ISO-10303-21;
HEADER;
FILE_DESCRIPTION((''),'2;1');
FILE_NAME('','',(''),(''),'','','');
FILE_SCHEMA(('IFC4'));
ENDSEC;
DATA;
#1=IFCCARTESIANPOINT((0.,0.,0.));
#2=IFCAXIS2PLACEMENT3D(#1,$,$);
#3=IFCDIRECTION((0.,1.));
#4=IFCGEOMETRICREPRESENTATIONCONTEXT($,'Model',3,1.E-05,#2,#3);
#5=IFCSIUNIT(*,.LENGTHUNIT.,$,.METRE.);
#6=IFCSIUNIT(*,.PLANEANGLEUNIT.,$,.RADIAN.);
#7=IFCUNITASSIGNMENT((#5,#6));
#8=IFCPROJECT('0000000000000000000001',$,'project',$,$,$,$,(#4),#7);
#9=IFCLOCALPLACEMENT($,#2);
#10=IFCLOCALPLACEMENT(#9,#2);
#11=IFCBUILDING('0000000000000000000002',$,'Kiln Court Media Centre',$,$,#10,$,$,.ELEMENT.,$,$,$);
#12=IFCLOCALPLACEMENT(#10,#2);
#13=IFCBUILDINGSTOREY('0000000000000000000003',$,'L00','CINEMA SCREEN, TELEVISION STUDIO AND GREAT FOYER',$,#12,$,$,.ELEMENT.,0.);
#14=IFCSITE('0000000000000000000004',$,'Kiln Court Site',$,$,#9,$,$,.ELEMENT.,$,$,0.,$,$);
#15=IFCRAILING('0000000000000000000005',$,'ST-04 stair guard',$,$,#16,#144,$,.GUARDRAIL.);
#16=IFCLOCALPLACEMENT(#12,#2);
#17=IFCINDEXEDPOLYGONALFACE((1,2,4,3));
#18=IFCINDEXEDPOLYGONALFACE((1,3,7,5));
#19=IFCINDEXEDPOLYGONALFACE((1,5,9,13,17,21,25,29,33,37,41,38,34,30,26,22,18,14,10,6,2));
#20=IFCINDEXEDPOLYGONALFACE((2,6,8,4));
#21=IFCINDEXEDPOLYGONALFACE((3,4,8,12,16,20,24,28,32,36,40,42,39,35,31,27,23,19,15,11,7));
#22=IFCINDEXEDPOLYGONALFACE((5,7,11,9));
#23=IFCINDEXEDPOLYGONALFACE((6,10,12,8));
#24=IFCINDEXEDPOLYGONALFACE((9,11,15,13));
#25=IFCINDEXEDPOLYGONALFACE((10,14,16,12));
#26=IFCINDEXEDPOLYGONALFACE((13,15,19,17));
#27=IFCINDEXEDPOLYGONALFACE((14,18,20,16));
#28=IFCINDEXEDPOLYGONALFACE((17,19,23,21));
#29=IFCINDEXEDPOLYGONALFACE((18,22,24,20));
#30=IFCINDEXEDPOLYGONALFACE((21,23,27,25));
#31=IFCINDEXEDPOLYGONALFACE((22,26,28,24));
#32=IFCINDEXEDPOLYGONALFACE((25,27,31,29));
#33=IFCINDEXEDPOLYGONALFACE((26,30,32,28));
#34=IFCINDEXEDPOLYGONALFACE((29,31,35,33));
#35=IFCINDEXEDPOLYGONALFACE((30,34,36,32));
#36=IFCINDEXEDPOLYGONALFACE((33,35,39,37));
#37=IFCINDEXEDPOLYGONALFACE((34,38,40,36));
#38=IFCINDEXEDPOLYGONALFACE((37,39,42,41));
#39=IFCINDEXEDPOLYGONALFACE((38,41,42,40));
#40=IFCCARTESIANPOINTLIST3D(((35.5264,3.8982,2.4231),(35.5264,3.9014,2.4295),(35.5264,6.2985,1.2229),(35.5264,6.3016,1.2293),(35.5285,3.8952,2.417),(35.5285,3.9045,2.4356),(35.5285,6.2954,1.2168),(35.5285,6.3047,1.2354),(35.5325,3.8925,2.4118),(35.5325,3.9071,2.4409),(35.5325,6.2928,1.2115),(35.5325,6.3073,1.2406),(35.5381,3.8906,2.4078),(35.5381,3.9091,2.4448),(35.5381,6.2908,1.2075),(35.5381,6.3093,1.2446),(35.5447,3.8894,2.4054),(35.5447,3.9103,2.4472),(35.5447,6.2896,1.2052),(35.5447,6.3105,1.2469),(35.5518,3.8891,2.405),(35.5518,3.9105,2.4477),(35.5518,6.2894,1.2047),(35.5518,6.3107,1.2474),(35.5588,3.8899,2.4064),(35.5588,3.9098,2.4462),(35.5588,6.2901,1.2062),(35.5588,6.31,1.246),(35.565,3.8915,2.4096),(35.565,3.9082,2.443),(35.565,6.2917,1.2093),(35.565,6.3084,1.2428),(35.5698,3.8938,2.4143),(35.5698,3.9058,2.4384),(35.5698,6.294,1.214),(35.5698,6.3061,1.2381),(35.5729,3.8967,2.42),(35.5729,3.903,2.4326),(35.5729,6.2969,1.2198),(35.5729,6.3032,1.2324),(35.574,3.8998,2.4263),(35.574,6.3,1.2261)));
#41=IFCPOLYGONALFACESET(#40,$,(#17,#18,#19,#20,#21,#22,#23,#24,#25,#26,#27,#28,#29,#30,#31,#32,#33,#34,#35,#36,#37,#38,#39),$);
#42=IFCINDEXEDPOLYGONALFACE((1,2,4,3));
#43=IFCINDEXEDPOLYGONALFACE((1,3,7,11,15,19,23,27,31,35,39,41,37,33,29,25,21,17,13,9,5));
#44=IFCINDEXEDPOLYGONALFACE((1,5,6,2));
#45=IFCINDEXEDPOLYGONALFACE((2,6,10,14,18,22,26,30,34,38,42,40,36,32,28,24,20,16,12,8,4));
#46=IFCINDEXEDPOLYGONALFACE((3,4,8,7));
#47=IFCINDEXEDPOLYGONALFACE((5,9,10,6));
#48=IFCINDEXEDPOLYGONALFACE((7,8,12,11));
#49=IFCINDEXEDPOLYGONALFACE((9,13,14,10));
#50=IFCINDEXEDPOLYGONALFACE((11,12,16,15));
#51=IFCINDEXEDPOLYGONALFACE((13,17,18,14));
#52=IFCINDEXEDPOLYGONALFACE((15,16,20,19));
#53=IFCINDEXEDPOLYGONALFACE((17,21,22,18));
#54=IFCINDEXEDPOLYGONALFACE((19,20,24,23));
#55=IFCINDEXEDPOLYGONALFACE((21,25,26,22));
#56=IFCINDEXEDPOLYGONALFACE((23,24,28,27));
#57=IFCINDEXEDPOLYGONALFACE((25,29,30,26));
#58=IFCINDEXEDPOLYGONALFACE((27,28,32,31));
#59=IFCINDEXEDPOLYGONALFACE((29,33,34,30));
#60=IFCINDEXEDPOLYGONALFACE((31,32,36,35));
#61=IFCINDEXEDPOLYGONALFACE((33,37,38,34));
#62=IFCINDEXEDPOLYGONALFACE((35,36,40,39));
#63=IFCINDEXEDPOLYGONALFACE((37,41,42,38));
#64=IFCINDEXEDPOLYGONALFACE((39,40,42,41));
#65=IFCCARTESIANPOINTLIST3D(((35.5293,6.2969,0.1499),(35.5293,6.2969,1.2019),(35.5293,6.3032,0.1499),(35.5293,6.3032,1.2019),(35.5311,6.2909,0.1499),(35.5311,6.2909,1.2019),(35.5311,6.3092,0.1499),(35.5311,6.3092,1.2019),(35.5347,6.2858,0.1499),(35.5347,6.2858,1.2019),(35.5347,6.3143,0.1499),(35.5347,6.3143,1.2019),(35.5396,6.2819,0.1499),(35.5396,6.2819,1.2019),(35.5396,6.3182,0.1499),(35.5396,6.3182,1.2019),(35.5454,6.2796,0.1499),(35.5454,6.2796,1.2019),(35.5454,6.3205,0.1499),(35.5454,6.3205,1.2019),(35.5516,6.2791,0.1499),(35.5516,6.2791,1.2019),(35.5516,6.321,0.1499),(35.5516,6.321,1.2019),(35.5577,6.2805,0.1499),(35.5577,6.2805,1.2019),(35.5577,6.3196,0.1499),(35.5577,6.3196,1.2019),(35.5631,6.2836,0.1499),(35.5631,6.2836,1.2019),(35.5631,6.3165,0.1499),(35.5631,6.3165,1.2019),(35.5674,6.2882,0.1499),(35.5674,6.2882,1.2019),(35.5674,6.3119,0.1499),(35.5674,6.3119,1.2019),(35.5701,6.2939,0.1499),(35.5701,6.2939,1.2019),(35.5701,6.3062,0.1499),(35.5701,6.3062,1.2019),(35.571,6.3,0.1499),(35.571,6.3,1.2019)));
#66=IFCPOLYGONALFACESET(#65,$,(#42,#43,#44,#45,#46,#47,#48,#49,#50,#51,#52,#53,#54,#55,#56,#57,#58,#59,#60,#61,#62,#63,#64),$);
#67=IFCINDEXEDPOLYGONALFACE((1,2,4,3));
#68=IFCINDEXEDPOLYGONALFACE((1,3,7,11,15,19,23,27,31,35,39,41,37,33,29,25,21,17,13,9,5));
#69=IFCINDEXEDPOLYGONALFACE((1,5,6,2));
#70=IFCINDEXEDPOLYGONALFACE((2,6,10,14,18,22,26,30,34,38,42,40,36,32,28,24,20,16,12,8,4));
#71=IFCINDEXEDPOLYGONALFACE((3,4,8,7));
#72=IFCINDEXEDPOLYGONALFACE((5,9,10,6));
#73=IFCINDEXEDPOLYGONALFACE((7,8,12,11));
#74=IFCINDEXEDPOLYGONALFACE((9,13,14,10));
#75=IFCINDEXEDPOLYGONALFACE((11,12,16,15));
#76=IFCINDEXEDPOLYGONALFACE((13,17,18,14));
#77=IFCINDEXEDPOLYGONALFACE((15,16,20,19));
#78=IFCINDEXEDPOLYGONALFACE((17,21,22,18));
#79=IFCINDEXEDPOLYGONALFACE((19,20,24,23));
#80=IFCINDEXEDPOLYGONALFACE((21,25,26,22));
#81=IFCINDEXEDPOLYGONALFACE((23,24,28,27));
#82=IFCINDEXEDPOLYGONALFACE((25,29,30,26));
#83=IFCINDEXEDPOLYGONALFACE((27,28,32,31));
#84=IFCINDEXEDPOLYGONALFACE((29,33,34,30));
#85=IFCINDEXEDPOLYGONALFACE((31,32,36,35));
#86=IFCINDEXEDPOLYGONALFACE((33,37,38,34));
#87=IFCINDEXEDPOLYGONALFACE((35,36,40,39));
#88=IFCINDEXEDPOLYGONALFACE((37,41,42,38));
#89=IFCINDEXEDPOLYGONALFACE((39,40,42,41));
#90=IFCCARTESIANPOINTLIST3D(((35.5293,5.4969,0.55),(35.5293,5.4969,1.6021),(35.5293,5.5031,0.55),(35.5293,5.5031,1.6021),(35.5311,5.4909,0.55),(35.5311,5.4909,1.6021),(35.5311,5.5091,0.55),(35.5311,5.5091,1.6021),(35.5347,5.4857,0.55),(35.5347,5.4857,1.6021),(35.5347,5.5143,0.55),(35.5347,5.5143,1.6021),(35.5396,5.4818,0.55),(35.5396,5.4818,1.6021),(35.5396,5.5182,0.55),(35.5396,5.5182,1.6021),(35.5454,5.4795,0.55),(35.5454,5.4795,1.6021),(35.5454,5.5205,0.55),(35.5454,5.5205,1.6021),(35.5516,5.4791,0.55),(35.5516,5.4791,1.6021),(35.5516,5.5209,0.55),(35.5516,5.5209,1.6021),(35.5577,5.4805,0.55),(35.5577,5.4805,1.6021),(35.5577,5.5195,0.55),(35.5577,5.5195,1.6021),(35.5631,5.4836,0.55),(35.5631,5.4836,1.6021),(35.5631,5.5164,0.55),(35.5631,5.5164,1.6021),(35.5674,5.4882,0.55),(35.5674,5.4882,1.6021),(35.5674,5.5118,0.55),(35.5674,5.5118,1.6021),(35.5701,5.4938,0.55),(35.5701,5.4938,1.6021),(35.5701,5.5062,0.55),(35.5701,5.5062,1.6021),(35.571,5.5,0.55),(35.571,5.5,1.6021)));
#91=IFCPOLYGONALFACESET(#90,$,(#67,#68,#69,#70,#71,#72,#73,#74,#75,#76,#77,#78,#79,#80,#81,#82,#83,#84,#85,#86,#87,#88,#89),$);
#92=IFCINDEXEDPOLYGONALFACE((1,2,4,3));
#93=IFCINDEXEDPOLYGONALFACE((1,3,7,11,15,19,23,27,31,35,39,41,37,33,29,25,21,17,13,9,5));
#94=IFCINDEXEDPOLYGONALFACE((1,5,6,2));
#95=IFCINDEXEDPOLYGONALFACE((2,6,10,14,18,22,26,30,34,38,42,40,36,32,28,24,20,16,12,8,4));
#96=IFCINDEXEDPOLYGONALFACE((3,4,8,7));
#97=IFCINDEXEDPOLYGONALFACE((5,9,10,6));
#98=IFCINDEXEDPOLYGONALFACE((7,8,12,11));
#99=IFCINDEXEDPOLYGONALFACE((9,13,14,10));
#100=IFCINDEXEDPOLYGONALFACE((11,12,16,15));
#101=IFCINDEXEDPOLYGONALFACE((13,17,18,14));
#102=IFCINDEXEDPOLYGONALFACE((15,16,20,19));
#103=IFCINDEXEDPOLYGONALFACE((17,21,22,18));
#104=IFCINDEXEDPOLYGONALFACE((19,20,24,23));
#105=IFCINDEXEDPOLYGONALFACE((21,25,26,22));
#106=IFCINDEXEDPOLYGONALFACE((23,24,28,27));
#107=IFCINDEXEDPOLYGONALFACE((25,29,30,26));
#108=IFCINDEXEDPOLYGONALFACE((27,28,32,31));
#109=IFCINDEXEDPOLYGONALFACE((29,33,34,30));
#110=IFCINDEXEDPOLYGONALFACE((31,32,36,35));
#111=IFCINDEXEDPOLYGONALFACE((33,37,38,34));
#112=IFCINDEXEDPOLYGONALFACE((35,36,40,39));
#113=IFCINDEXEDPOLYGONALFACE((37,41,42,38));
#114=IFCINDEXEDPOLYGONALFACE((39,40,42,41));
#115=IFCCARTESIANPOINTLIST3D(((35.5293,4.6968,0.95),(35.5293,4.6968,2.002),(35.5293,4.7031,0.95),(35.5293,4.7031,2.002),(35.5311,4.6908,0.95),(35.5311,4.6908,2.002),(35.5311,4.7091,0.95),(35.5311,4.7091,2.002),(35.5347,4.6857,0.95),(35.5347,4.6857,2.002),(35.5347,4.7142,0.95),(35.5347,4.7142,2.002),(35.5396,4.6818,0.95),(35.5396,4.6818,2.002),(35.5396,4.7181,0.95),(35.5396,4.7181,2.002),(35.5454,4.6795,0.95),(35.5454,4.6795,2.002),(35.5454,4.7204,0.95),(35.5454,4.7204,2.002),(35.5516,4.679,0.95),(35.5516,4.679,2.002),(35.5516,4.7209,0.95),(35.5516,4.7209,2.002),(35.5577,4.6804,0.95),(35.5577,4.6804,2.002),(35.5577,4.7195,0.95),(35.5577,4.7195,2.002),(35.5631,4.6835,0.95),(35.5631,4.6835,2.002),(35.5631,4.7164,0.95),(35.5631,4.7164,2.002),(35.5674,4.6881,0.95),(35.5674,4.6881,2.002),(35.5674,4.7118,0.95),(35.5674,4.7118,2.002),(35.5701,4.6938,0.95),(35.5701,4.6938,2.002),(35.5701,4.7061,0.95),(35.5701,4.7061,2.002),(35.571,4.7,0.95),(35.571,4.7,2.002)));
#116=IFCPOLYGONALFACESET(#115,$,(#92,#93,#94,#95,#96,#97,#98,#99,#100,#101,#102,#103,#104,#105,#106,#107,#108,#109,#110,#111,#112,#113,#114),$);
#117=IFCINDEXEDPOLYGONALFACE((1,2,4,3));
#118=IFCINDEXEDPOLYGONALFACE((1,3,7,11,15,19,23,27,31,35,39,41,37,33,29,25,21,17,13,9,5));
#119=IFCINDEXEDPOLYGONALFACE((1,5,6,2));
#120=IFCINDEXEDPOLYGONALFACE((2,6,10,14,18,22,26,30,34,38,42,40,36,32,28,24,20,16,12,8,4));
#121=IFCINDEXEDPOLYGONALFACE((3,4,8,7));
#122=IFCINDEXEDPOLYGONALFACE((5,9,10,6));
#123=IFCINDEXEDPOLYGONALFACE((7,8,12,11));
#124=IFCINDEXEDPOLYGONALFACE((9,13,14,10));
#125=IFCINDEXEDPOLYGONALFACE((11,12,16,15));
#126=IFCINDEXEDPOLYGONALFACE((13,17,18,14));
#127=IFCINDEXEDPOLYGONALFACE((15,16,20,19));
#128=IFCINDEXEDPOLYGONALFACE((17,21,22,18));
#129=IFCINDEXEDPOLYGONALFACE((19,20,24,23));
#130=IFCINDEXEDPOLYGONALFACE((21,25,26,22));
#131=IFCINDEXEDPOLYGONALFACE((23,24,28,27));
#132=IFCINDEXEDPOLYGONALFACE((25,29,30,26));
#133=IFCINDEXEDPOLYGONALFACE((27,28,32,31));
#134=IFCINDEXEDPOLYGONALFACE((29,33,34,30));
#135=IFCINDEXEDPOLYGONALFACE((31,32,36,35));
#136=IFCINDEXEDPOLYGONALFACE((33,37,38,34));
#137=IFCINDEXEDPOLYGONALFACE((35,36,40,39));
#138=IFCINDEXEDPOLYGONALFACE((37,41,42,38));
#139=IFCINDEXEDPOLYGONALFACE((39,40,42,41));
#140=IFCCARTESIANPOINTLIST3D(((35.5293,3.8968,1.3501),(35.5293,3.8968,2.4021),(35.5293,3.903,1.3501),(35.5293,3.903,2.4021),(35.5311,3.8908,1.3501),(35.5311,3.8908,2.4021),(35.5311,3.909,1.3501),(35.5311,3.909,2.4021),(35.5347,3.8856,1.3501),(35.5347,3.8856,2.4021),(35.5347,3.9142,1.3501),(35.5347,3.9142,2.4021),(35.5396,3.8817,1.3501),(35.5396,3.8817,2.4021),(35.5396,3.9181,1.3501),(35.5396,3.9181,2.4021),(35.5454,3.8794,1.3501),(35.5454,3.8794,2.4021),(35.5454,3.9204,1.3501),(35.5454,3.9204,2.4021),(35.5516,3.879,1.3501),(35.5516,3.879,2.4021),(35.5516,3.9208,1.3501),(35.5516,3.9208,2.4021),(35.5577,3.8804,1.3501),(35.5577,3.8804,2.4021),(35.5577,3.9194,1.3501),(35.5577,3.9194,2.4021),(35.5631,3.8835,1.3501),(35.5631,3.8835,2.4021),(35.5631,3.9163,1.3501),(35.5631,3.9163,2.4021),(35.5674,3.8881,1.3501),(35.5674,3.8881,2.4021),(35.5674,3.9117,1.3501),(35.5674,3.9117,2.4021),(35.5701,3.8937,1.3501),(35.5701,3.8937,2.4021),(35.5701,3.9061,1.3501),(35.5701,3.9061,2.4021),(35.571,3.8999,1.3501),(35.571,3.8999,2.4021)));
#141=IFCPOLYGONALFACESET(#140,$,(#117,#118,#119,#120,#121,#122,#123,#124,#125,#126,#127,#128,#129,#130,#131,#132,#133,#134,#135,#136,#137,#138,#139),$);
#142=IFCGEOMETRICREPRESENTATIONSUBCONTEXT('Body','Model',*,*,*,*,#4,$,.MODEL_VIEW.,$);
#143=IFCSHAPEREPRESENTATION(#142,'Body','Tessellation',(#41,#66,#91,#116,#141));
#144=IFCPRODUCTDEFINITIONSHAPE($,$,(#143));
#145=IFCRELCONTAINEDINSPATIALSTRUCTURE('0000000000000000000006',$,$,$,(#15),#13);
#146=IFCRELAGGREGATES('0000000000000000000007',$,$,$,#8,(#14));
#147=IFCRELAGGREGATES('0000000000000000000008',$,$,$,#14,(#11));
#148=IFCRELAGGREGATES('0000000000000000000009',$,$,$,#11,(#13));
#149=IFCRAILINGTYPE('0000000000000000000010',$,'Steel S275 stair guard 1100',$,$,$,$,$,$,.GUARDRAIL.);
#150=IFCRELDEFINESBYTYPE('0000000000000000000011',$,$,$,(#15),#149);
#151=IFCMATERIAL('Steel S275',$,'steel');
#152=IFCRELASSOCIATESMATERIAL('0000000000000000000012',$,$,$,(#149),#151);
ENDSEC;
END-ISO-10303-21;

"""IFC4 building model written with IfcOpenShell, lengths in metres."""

from ifc_helpers import new_model, si_unit, direction, frame, origin, origin_2d, place, context, subcontext, project, spatial, circle, extrude, material, type_object, element, save


model = new_model("IFC4")

# Units and contexts
model_context = context("Model", 3, precision=1e-05, world=origin(), true_north=direction((0.0, 1.0)))
body_context = subcontext(model_context, "Body", "Model", "MODEL_VIEW")
ifc_project = project(units=[si_unit("LENGTHUNIT", "METRE"), si_unit("PLANEANGLEUNIT", "RADIAN")], contexts=[model_context])

# Site, building, storey
site_placement = place(None, origin())
site = spatial("IfcSite", under=ifc_project, at=site_placement, Name="Kiln Court Site", CompositionType="ELEMENT", RefElevation=0.0)
building_placement = place(site_placement, origin())
building = spatial("IfcBuilding", under=site, at=building_placement, Name="Kiln Court Media Centre", CompositionType="ELEMENT")
storey_placement = place(building_placement, origin())
storey = spatial("IfcBuildingStorey", under=building, at=storey_placement, Name="L00", Description="CINEMA SCREEN, TELEVISION STUDIO AND GREAT FOYER", CompositionType="ELEMENT", Elevation=0.0)

# Railing
ifc_material_1 = material(Name="Steel S275", Category="steel")
railing_type_1 = type_object("IfcRailingType", Name="Steel S275 stair guard 1100", PredefinedType="GUARDRAIL", material=ifc_material_1)
railing_1_placement = place(storey_placement, frame((35.55, 6.3, 0.1499)))
element("IfcRailing", 1, at=railing_1_placement, inside=storey, type_object=railing_type_1, Name="ST-04 stair guard", PredefinedType="GUARDRAIL", context=body_context, shape_type="SweptSolid", body=[
    extrude(circle(Radius=0.0239, at=origin_2d()), frame((0.0, 0.0, 1.0762), z_axis=(0.0, -0.894409, 0.44725), x_axis=(1.0, 0.0, 0.0)), (0.0, 0.0, 1.0), 2.6836),
    extrude(circle(Radius=0.021, at=origin_2d()), origin(), (0.0, 0.0, 1.0), 1.052),
    extrude(circle(Radius=0.021, at=origin_2d()), frame((0.0, -0.8, 0.4001)), (0.0, 0.0, 1.0), 1.052),
    extrude(circle(Radius=0.021, at=origin_2d()), frame((0.0, -1.6001, 0.8)), (0.0, 0.0, 1.0), 1.052),
    extrude(circle(Radius=0.021, at=origin_2d()), frame((0.0, -2.4001, 1.2002)), (0.0, 0.0, 1.0), 1.052),
])

save(model, "model.ifc")
